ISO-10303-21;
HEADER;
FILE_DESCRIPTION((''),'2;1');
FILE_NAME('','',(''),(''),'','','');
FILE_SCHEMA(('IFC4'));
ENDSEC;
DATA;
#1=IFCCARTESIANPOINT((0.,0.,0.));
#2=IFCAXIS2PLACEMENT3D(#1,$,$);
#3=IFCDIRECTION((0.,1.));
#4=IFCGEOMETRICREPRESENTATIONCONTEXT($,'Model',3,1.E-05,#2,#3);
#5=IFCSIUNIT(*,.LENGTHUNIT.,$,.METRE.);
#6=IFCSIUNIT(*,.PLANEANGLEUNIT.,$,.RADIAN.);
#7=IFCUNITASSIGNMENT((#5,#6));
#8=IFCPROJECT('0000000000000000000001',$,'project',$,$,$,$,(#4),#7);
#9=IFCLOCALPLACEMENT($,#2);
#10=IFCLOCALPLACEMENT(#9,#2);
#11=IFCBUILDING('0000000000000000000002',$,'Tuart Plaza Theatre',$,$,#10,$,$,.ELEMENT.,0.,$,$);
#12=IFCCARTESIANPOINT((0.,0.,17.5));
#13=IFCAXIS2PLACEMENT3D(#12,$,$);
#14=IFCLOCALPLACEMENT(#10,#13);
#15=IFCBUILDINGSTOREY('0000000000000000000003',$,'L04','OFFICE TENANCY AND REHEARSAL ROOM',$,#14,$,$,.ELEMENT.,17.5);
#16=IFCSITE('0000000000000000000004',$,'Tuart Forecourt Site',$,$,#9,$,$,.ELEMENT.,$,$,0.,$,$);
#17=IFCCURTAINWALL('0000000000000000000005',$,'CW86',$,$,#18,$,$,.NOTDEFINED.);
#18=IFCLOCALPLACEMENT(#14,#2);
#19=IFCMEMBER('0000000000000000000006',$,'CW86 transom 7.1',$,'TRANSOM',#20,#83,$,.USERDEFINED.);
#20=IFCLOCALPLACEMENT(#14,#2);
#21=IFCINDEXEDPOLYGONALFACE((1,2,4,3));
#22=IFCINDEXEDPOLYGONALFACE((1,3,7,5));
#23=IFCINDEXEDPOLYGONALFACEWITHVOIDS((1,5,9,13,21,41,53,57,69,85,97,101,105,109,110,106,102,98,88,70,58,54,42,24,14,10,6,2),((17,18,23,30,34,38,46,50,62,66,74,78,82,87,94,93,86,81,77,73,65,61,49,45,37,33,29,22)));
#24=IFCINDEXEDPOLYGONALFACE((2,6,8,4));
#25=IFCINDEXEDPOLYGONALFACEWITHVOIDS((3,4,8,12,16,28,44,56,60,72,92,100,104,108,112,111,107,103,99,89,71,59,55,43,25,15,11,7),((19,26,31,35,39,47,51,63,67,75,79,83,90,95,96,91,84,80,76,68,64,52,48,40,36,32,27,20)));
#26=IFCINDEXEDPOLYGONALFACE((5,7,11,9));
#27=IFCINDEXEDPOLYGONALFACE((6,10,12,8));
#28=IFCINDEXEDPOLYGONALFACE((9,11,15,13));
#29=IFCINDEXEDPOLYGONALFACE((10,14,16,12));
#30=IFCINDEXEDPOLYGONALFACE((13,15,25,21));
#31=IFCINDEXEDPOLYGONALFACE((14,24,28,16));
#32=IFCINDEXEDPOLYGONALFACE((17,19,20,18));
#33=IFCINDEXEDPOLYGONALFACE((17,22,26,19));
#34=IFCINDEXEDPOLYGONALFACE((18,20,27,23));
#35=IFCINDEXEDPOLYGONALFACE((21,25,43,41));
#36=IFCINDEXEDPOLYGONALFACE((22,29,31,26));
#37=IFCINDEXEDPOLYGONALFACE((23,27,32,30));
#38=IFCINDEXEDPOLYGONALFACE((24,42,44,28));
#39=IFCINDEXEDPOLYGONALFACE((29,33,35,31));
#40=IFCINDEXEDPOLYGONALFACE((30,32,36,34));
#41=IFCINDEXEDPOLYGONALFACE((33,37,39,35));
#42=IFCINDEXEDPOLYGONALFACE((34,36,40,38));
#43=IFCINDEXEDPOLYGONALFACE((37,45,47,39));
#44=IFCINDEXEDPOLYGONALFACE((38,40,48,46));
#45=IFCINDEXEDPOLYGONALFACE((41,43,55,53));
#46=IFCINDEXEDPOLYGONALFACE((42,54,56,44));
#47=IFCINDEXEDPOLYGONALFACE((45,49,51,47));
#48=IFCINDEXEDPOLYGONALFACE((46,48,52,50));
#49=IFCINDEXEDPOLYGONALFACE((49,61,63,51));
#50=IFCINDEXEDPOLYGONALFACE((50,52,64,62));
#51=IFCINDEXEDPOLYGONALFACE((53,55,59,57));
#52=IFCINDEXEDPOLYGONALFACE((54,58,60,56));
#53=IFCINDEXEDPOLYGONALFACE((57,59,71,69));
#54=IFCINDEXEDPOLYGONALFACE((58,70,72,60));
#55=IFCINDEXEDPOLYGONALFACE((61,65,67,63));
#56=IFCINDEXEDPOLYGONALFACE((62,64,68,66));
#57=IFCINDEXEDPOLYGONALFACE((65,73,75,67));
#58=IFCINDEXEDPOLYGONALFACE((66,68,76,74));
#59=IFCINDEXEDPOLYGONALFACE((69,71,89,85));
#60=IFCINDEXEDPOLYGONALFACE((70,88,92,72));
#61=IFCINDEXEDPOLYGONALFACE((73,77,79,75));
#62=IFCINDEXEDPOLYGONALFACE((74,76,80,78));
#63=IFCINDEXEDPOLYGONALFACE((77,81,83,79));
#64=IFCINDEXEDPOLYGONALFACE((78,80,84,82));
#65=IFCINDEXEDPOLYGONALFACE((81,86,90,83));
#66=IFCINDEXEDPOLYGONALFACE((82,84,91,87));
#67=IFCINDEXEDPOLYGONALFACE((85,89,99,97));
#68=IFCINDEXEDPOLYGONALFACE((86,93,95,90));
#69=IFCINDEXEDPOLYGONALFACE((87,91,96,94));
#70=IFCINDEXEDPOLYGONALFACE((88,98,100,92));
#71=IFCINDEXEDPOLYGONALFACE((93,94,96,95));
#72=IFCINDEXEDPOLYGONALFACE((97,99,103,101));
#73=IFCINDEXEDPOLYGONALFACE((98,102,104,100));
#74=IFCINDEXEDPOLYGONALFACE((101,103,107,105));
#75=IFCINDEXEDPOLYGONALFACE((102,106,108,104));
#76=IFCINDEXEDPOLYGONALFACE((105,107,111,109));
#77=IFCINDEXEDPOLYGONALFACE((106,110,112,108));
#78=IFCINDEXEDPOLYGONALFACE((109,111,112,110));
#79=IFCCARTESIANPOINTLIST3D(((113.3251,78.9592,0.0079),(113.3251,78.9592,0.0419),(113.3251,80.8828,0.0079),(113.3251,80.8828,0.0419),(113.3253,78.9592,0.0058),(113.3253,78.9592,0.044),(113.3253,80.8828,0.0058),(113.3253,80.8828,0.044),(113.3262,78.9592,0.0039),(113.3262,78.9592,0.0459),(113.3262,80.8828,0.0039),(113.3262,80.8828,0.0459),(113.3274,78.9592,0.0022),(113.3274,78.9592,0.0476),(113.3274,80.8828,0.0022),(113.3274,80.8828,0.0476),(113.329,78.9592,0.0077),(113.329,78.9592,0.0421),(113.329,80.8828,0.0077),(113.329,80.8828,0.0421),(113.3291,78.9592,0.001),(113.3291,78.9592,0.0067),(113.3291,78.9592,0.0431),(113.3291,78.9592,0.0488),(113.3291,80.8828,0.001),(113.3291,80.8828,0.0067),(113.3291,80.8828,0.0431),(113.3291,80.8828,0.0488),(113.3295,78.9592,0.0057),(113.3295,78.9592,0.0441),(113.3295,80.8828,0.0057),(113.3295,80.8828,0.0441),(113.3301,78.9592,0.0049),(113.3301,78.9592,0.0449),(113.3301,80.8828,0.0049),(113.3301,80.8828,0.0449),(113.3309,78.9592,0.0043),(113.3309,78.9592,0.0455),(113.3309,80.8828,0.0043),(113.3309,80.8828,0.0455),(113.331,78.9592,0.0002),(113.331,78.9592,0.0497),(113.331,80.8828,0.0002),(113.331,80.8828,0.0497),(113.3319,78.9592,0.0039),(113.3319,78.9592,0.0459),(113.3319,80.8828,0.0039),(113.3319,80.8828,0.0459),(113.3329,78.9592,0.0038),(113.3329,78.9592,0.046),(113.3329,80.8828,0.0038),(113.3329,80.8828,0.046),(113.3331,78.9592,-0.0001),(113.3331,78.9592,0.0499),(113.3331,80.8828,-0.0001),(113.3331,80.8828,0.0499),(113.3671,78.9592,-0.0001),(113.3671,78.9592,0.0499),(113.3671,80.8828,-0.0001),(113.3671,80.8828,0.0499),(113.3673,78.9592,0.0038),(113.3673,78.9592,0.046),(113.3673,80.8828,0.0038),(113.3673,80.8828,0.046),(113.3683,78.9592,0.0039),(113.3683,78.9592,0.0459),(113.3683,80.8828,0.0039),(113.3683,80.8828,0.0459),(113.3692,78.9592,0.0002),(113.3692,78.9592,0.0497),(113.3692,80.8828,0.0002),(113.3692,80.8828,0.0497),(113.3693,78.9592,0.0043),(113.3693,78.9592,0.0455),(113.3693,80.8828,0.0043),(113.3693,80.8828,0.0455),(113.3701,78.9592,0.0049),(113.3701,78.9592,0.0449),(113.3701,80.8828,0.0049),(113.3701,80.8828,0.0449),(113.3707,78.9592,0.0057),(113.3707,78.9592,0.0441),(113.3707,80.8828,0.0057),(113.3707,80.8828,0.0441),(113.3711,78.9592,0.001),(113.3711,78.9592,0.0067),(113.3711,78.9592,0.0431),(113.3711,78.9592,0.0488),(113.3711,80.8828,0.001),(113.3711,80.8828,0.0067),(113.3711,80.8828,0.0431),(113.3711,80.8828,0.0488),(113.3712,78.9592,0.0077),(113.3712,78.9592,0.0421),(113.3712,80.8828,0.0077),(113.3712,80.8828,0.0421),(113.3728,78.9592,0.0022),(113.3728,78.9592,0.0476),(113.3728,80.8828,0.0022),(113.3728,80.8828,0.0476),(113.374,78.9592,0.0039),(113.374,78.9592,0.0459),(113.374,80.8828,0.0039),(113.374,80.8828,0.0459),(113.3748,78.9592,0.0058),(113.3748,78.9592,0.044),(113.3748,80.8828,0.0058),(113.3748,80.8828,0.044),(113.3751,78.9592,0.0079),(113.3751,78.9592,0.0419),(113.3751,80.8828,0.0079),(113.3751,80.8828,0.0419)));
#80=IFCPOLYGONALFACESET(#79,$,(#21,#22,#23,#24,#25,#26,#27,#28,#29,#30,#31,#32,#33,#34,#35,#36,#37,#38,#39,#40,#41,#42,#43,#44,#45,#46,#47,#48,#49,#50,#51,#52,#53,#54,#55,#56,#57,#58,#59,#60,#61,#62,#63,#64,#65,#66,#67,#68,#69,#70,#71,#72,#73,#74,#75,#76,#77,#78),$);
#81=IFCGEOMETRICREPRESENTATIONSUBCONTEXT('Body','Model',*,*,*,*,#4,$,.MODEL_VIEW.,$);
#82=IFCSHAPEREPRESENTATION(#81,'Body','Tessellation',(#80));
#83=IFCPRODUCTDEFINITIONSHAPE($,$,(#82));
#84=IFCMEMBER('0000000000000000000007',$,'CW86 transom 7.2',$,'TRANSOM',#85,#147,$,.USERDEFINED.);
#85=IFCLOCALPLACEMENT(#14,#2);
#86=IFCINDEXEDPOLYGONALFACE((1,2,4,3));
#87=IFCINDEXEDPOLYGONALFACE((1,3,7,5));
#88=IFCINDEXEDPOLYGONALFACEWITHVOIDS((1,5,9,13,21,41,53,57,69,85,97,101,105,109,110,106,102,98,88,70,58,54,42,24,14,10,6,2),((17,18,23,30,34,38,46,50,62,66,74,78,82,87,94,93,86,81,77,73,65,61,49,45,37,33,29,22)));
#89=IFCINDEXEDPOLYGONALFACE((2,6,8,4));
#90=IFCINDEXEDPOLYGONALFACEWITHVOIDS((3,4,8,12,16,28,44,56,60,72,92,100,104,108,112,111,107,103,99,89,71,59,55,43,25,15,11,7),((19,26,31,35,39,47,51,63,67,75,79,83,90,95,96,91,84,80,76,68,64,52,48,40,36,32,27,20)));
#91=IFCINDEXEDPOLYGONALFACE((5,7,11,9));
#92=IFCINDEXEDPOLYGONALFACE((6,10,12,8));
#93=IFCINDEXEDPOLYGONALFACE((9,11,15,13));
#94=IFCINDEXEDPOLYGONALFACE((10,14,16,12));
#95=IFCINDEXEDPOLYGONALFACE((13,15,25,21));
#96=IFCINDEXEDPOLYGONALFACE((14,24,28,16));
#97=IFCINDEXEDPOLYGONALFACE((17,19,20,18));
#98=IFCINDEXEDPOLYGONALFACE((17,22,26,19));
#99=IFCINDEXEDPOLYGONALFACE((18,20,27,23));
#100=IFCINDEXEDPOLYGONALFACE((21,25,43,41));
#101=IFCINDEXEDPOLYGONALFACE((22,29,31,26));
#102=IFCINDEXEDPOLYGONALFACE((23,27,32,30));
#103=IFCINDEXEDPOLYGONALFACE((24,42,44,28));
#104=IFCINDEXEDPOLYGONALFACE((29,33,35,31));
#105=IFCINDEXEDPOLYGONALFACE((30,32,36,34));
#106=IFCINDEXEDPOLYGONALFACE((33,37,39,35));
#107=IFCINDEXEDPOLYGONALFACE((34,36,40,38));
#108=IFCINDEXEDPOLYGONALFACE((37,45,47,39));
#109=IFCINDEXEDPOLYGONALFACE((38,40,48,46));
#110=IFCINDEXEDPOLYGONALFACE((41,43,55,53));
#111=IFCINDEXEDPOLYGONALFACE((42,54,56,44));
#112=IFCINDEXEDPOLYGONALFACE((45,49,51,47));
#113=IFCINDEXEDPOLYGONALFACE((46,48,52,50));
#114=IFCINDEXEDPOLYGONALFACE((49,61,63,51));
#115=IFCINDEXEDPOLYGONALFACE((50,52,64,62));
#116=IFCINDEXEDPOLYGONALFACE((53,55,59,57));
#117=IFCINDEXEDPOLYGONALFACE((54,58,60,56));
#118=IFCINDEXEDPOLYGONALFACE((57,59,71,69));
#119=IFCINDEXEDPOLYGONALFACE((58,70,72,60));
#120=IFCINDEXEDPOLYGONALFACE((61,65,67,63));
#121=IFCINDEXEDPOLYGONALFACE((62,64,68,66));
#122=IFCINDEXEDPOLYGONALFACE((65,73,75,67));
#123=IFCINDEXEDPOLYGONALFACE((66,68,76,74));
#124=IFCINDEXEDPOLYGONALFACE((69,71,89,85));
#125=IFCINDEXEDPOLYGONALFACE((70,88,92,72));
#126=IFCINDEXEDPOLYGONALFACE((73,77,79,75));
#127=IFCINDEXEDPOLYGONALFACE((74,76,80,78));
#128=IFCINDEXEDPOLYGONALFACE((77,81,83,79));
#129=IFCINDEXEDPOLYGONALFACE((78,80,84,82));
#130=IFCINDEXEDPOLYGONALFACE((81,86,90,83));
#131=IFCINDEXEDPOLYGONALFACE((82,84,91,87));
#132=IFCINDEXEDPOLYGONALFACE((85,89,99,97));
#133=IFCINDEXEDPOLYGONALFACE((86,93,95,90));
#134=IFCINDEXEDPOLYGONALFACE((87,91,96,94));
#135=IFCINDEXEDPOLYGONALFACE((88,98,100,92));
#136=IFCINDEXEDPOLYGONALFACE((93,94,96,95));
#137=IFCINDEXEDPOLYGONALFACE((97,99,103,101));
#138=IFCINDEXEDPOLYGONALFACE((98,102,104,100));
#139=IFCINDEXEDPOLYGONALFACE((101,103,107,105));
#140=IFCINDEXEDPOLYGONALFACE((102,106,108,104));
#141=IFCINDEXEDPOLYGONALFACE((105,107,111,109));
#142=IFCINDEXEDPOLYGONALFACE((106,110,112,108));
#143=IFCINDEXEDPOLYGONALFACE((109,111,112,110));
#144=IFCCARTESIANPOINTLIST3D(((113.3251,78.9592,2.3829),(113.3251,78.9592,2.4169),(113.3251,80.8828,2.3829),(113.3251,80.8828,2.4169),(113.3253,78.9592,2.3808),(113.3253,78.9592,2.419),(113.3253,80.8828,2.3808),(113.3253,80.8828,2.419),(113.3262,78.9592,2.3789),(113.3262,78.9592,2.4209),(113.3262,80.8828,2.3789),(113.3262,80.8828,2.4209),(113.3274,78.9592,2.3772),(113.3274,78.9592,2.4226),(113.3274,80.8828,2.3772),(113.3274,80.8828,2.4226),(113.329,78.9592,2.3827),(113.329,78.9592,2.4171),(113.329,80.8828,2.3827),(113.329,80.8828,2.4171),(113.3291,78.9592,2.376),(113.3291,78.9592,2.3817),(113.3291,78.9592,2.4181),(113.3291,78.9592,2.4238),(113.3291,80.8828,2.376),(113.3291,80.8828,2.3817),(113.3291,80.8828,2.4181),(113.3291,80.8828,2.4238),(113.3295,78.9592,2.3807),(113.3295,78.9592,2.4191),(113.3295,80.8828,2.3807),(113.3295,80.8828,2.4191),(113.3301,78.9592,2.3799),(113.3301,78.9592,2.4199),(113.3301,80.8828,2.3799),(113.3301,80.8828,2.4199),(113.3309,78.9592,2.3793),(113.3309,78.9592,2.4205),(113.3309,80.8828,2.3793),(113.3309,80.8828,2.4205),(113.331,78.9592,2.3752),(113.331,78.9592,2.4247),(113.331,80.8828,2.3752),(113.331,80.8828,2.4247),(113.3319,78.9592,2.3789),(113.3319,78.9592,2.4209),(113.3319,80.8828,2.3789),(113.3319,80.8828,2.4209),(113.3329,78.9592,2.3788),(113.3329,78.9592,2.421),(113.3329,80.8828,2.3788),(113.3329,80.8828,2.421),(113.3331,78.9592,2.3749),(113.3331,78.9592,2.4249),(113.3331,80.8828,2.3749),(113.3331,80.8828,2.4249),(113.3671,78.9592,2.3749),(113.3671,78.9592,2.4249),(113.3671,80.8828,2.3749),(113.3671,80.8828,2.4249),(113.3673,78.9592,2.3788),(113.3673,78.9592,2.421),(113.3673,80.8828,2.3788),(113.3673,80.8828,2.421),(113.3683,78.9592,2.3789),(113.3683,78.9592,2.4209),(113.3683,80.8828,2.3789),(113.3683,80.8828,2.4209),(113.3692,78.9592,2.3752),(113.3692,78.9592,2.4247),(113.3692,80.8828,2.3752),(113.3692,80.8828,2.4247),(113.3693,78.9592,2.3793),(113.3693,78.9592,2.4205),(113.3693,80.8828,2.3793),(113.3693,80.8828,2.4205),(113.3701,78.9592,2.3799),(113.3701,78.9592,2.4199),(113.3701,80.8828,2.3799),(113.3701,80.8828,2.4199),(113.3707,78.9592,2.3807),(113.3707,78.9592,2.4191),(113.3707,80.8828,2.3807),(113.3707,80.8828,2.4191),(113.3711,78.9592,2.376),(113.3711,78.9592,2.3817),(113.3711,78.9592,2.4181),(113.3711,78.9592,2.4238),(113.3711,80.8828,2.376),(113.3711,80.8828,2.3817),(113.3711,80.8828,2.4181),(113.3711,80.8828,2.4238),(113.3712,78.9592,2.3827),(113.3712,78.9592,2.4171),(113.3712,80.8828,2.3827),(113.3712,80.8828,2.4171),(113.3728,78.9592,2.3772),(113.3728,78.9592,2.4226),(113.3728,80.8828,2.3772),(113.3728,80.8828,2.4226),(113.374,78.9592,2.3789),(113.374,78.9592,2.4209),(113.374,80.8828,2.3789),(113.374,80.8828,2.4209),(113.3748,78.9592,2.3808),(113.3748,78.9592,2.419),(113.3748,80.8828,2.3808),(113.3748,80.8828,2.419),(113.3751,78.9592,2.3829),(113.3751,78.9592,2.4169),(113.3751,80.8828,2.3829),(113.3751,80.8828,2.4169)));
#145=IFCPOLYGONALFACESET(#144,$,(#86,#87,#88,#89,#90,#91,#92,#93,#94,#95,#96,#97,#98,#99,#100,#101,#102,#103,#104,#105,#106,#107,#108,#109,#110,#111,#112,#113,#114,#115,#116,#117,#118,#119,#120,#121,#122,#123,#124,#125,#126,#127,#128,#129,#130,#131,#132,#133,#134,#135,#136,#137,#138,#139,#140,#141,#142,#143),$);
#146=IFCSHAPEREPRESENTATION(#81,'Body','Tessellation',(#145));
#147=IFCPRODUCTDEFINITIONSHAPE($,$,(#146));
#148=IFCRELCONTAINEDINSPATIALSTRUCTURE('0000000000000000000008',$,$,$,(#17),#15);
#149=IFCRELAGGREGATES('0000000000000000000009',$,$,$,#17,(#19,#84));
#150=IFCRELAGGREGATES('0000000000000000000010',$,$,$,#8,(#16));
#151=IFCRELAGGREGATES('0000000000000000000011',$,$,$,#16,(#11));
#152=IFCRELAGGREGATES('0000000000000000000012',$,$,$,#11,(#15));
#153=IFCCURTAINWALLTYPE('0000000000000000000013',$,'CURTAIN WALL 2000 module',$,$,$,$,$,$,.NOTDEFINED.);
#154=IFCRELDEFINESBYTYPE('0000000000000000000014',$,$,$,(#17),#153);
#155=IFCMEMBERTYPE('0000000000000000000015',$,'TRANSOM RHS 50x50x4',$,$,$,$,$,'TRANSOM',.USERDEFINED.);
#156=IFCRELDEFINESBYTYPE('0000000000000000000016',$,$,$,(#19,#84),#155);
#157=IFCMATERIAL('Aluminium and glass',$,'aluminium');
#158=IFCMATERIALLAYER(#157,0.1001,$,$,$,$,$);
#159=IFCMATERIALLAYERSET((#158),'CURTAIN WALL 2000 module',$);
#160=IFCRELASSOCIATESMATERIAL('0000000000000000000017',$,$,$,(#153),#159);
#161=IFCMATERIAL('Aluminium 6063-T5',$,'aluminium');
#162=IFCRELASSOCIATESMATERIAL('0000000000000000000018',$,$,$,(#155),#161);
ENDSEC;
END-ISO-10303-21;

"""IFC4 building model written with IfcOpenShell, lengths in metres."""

from ifc_helpers import new_model, si_unit, direction, frame, origin, origin_2d, place, context, subcontext, project, spatial, hollow_rectangle, extrude, material, layer, layer_set, material_profile, profile_set, type_object, element, aggregate, save


model = new_model("IFC4")

# Units and contexts
model_context = context("Model", 3, precision=1e-05, world=origin(), true_north=direction((0.0, 1.0)))
body_context = subcontext(model_context, "Body", "Model", "MODEL_VIEW")
ifc_project = project(units=[si_unit("LENGTHUNIT", "METRE"), si_unit("PLANEANGLEUNIT", "RADIAN")], contexts=[model_context])

# Site, building, storey
site_placement = place(None, origin())
site = spatial("IfcSite", under=ifc_project, at=site_placement, Name="Tuart Forecourt Site", CompositionType="ELEMENT", RefElevation=0.0)
building_placement = place(site_placement, origin())
building = spatial("IfcBuilding", under=site, at=building_placement, Name="Tuart Plaza Theatre", CompositionType="ELEMENT", ElevationOfRefHeight=0.0)
storey_placement = place(building_placement, frame((0.0, 0.0, 17.5)))
storey = spatial("IfcBuildingStorey", under=building, at=storey_placement, Name="L04", Description="OFFICE TENANCY AND REHEARSAL ROOM", CompositionType="ELEMENT", Elevation=17.5)

# Curtain wall, members
ifc_material_1 = material(Name="Aluminium and glass", Category="aluminium")
ifc_layer_1 = layer(ifc_material_1, 0.1001)
ifc_layer_set_1 = layer_set([ifc_layer_1], Name="CURTAIN WALL 2000 module")
curtain_wall_type = type_object("IfcCurtainWallType", Name="CURTAIN WALL 2000 module", PredefinedType="NOTDEFINED", material=ifc_layer_set_1)
curtain_wall_placement = place(storey_placement, origin())
curtain_wall = element("IfcCurtainWall", 1, at=curtain_wall_placement, inside=storey, type_object=curtain_wall_type, Name="CW86", PredefinedType="NOTDEFINED")
ifc_material_2 = material(Name="Aluminium 6063-T5", Category="aluminium")
ifc_material_profile_1 = material_profile(ifc_material_2, hollow_rectangle(XDim=0.05, YDim=0.05, WallThickness=0.0039, InnerFilletRadius=0.0039, OuterFilletRadius=0.0081, at=origin_2d()), Name="RHS 50x50x4")
ifc_profile_set_1 = profile_set([ifc_material_profile_1], Name="Aluminium 6063-T5")
member_type_1 = type_object("IfcMemberType", Name="TRANSOM RHS 50x50x4", ElementType="TRANSOM", PredefinedType="USERDEFINED", material=ifc_profile_set_1)
member_1_placement = place(storey_placement, frame((113.3501, 80.8828, 0.0249), z_axis=(0.0, -1.0, 0.0), x_axis=(1.0, 0.0, 0.0)))
member_1 = element("IfcMember", 2, at=member_1_placement, type_object=member_type_1, Name="CW86 transom 7.1", ObjectType="TRANSOM", PredefinedType="USERDEFINED", context=body_context, shape_type="SweptSolid", body=[
    extrude(hollow_rectangle(XDim=0.05, YDim=0.05, WallThickness=0.0039, InnerFilletRadius=0.0039, OuterFilletRadius=0.0081, at=origin_2d()), origin(), (0.0, 0.0, 1.0), 1.9236),
])
member_2_placement = place(storey_placement, frame((113.3501, 80.8828, 2.3999), z_axis=(0.0, -1.0, 0.0), x_axis=(1.0, 0.0, 0.0)))
member_2 = element("IfcMember", 3, at=member_2_placement, type_object=member_type_1, Name="CW86 transom 7.2", ObjectType="TRANSOM", PredefinedType="USERDEFINED", context=body_context, shape_type="SweptSolid", body=[
    extrude(hollow_rectangle(XDim=0.05, YDim=0.05, WallThickness=0.0039, InnerFilletRadius=0.0039, OuterFilletRadius=0.0081, at=origin_2d()), origin(), (0.0, 0.0, 1.0), 1.9236),
])
aggregate(curtain_wall, [member_1, member_2])

save(model, "model.ifc")
